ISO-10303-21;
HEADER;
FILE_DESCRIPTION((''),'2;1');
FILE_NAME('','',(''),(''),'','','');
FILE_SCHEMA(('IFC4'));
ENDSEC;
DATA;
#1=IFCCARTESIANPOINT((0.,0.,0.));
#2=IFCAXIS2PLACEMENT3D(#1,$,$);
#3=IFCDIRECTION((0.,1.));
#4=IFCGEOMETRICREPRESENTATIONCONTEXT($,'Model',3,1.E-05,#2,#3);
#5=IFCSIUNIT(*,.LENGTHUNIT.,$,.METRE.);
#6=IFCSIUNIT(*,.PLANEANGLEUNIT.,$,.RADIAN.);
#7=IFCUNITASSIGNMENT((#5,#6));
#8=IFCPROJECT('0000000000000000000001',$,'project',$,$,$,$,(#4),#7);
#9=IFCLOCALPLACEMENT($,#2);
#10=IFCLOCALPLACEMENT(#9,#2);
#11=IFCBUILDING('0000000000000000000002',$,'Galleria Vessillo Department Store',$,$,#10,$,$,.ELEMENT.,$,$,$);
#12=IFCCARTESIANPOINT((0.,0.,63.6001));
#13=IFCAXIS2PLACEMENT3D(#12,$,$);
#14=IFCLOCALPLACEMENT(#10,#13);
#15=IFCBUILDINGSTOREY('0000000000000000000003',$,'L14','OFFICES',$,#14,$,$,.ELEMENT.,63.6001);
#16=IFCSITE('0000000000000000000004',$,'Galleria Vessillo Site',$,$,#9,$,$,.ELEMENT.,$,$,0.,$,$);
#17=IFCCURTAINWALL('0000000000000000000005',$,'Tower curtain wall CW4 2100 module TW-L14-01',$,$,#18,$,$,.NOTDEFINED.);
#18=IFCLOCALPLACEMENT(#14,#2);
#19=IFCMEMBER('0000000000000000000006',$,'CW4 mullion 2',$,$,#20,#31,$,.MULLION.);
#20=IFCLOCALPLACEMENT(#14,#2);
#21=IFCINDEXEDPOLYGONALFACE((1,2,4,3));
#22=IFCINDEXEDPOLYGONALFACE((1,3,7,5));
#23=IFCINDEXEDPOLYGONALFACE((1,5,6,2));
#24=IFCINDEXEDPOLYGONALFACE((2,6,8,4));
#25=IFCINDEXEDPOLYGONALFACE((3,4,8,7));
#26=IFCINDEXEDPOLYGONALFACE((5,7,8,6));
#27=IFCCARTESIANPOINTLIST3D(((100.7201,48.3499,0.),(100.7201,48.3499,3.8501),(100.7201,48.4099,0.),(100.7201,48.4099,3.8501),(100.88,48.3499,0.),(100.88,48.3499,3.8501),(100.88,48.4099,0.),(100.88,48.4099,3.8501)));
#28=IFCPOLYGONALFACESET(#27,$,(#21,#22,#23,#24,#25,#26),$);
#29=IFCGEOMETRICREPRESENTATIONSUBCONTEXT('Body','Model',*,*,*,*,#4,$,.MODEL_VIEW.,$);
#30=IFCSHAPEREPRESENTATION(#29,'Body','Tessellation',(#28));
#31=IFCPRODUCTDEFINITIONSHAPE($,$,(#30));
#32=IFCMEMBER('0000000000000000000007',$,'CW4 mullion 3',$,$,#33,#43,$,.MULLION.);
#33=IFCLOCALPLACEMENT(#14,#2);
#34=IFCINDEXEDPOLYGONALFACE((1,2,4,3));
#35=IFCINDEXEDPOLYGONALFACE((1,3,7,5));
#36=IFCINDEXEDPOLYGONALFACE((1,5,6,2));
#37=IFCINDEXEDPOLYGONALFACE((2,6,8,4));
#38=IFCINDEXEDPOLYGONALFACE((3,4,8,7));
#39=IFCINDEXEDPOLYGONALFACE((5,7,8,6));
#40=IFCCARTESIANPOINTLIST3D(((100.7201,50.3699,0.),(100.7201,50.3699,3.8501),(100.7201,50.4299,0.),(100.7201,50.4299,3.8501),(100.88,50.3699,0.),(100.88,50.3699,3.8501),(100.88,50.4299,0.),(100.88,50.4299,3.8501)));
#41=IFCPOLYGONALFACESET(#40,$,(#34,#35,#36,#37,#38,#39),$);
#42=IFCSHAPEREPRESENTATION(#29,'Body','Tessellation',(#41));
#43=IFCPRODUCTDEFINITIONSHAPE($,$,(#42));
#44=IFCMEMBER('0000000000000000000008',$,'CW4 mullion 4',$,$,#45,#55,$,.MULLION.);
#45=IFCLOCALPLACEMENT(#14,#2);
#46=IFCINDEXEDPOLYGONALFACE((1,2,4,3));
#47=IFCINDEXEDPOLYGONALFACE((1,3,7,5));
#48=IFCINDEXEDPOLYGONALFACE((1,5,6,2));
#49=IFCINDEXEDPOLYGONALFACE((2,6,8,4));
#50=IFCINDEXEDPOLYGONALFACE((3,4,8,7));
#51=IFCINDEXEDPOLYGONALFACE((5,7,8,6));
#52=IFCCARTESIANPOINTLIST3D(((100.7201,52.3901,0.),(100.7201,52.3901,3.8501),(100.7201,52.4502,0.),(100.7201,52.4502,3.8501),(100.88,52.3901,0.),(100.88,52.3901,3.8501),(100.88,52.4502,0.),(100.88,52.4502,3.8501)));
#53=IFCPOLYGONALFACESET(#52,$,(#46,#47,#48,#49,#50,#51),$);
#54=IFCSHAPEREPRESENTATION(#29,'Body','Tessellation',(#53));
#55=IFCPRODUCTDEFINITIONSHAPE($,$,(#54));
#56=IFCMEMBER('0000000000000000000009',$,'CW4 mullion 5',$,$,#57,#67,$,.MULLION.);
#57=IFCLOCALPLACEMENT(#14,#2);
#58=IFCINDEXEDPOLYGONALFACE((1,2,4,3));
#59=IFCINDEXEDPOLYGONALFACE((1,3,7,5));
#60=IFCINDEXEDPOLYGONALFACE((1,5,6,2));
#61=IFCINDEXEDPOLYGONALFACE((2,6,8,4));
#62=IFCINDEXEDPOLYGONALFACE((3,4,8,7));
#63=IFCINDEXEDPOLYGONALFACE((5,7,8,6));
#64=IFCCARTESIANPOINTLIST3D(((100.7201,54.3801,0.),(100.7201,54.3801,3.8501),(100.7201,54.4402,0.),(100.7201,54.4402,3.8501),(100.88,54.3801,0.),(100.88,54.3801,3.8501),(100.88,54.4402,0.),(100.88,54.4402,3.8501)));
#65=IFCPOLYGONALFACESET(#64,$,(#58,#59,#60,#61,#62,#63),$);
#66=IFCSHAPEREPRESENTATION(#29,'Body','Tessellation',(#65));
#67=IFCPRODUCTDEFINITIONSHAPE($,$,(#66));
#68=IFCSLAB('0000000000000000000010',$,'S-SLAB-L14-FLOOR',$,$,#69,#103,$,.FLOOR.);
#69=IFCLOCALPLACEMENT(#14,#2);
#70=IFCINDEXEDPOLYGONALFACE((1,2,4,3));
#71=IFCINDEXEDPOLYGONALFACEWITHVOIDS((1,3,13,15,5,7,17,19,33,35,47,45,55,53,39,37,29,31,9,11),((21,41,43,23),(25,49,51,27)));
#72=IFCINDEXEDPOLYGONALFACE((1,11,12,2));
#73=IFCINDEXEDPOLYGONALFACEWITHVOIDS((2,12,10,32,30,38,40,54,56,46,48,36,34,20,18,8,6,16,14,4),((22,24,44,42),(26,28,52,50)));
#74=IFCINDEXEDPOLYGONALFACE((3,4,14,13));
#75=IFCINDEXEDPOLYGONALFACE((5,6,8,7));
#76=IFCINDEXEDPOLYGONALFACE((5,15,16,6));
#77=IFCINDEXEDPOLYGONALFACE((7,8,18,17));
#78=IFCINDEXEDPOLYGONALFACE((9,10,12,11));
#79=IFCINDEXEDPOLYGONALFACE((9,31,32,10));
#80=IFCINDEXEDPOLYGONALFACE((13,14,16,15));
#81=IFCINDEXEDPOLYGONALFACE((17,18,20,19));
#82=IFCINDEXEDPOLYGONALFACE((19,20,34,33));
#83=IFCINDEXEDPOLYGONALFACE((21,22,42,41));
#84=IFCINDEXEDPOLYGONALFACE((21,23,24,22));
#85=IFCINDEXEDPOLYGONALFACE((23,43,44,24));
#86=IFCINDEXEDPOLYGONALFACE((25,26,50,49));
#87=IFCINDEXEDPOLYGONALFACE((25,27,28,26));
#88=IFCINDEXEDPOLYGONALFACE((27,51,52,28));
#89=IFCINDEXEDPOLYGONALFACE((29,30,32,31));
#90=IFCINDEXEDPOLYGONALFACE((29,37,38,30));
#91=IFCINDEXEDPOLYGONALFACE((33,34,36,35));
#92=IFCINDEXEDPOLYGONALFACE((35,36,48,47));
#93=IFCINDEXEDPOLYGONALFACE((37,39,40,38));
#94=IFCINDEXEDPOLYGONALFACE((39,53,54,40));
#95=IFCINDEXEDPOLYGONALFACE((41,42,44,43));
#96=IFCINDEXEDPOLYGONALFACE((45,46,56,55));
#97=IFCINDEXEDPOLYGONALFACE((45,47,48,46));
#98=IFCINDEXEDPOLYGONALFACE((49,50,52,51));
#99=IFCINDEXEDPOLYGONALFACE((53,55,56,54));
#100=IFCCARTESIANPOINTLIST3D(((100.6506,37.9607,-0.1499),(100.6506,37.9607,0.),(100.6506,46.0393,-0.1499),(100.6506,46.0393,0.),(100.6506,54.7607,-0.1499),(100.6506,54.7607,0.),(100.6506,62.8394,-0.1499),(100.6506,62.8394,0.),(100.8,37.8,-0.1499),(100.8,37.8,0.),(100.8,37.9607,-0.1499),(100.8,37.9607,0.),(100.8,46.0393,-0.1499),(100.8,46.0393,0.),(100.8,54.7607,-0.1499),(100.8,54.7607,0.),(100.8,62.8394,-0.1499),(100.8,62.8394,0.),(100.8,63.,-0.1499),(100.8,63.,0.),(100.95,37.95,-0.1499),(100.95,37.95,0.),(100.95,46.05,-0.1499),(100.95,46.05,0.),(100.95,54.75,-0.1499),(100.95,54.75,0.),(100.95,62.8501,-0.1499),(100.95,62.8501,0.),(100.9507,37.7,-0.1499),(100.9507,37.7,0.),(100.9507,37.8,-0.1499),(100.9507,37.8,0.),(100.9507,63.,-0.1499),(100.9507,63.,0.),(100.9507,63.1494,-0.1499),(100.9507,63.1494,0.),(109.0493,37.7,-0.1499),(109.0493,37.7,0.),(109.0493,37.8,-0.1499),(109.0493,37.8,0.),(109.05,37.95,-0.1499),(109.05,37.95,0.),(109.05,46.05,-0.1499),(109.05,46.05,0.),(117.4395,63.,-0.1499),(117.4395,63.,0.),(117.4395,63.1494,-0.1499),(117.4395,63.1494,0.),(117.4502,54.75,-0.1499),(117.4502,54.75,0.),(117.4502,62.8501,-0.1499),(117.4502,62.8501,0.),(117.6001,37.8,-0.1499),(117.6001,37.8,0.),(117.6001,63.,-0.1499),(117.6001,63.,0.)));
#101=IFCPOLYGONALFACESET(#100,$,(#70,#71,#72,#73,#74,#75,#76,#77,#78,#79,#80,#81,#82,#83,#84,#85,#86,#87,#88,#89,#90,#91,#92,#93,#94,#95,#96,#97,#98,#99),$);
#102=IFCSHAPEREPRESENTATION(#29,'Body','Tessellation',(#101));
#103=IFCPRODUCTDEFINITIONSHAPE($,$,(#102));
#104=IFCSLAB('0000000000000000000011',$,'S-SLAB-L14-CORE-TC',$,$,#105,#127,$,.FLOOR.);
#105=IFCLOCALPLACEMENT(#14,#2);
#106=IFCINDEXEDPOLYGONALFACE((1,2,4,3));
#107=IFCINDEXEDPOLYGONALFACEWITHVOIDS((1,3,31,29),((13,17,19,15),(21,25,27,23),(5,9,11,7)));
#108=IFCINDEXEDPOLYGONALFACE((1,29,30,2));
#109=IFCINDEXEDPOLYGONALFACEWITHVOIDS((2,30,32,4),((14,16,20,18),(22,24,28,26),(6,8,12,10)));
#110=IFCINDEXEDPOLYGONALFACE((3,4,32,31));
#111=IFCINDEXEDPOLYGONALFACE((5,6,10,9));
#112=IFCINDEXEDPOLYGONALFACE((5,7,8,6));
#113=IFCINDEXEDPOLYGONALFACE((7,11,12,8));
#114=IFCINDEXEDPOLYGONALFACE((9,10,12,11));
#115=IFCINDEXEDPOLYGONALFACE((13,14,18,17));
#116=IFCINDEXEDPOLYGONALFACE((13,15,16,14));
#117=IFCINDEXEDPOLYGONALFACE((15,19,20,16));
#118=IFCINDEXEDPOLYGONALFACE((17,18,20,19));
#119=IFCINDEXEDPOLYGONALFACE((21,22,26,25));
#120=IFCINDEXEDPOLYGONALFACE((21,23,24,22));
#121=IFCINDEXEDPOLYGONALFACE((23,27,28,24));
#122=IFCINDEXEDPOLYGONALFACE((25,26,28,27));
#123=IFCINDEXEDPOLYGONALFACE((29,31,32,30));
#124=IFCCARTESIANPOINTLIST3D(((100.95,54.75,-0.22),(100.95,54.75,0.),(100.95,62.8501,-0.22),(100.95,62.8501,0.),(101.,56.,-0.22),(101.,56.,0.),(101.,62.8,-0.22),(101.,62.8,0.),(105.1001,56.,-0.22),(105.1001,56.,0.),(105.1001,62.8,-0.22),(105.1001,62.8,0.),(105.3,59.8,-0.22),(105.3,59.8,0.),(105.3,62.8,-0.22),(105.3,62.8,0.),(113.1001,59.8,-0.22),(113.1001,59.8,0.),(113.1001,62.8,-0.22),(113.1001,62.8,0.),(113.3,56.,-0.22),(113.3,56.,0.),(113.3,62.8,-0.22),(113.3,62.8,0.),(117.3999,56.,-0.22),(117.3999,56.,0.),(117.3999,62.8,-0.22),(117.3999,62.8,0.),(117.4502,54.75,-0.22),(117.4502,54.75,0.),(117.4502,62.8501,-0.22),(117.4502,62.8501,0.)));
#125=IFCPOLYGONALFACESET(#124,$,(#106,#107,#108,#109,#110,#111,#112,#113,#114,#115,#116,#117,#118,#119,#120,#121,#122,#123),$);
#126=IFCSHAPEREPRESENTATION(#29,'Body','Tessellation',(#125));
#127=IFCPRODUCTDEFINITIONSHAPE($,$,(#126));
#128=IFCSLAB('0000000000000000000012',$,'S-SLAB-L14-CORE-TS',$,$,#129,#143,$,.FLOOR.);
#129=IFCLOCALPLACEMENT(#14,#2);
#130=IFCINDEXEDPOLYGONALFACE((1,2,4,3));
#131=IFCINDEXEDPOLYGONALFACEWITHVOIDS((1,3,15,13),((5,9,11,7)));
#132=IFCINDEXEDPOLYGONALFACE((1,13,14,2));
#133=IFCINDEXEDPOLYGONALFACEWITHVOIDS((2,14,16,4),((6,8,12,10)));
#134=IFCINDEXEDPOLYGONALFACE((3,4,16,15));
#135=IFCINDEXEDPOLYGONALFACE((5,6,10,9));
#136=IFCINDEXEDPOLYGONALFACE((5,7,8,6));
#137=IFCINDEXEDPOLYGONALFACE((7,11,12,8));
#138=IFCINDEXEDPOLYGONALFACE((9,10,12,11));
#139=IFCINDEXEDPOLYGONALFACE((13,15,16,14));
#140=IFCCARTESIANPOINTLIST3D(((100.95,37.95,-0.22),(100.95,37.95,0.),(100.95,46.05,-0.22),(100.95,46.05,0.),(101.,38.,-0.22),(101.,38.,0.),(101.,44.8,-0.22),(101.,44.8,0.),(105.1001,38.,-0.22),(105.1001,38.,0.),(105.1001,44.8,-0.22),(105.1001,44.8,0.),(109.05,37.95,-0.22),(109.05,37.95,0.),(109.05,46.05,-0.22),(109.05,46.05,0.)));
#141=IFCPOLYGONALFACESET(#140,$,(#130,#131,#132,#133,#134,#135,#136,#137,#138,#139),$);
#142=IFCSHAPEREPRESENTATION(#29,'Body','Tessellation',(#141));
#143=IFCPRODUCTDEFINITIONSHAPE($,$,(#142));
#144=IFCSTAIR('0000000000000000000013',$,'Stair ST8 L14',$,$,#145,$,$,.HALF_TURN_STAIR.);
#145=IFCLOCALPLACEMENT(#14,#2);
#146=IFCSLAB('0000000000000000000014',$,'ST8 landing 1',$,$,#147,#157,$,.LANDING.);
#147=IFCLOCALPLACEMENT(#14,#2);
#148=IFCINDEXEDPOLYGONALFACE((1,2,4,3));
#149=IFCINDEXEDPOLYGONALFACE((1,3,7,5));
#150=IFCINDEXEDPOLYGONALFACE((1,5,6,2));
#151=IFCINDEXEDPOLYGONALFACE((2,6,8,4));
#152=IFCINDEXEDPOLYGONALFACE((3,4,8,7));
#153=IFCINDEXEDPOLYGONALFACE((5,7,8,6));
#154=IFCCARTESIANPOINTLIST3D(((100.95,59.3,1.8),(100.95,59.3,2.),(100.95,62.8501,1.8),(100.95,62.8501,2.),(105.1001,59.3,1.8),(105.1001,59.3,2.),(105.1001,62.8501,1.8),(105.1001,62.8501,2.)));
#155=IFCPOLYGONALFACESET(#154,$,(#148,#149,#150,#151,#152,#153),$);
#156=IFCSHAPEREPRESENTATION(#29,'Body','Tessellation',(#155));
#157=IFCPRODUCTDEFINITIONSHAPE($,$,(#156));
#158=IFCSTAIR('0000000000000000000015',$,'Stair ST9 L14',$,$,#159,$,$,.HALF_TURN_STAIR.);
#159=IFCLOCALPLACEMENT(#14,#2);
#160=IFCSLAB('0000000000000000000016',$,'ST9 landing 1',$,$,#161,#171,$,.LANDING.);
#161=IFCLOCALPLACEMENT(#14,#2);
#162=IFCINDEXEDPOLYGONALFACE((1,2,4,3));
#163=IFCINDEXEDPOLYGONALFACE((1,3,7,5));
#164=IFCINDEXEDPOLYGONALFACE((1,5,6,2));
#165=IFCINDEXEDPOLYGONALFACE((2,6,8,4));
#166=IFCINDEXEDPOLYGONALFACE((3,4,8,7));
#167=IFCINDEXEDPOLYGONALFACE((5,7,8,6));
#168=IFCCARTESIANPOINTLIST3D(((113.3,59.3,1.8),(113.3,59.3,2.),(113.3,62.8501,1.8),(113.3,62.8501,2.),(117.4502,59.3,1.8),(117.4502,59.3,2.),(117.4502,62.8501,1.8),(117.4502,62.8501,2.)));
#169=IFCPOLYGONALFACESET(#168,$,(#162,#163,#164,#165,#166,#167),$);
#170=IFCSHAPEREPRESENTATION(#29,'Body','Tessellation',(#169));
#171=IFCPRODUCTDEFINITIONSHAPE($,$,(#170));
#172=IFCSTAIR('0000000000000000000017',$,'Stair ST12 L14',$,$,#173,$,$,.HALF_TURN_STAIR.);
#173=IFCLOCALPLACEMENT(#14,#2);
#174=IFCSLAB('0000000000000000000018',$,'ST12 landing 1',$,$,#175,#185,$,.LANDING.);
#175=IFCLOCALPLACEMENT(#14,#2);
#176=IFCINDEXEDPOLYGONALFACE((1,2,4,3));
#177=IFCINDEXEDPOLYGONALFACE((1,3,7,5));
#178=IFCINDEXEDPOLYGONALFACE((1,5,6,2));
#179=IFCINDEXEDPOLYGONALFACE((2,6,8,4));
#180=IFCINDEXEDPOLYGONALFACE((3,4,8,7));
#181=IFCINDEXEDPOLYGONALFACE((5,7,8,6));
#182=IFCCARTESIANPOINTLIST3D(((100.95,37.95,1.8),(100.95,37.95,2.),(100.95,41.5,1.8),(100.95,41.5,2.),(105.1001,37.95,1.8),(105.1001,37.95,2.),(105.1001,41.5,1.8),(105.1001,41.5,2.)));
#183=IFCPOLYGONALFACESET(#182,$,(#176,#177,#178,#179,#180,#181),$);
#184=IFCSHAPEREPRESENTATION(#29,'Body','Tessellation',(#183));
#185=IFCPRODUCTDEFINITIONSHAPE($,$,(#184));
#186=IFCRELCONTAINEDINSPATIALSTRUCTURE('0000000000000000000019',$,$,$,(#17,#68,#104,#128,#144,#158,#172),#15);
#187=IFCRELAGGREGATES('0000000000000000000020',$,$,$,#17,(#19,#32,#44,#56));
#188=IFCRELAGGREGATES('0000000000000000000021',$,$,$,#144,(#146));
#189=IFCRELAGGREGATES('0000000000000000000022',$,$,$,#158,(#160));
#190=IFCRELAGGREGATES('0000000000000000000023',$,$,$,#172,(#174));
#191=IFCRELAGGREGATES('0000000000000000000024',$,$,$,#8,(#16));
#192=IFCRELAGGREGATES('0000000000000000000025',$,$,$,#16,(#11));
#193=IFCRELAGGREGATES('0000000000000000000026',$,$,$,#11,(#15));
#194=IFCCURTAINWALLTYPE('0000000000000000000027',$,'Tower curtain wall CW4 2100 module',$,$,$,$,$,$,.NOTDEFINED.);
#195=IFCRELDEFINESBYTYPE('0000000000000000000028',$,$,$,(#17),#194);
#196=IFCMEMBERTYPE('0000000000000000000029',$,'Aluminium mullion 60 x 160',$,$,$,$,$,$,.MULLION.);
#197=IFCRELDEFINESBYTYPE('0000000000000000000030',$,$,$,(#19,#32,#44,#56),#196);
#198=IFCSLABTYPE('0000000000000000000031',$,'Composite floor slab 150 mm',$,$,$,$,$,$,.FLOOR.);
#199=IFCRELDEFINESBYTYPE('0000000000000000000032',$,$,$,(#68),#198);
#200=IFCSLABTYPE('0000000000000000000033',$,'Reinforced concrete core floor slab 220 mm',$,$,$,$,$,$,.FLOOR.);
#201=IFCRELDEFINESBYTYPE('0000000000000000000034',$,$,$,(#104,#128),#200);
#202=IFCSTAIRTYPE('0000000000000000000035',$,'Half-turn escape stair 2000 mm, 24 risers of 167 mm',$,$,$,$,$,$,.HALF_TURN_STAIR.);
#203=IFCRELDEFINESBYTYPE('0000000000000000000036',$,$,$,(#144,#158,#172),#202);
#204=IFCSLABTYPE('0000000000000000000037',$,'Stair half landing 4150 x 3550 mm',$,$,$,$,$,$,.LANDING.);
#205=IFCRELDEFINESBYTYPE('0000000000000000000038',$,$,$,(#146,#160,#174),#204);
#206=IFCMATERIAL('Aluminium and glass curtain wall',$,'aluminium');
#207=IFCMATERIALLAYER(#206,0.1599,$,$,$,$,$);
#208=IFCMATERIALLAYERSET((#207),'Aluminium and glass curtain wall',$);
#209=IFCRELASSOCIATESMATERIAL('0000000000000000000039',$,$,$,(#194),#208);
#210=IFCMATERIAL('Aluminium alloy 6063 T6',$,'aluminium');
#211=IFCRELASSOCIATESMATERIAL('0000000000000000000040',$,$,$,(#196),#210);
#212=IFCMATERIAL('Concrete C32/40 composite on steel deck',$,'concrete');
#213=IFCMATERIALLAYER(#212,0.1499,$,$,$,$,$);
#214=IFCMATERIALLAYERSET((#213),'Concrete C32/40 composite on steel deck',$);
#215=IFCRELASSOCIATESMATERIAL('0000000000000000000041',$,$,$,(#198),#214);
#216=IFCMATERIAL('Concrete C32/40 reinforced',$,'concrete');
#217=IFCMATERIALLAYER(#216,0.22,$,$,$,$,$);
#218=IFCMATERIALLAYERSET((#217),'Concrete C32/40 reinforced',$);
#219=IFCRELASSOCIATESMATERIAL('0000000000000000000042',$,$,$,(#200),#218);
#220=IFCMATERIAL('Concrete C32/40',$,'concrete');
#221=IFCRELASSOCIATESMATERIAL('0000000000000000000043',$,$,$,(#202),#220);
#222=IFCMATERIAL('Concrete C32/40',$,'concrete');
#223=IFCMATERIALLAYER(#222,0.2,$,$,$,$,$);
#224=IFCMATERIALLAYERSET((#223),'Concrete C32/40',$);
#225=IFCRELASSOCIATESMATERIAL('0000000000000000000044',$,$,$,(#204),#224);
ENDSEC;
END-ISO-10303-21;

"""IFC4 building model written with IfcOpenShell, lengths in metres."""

from ifc_helpers import new_model, si_unit, direction, frame, origin, origin_2d, place, context, subcontext, project, spatial, polyline, rectangle, outline, extrude, material, layer, layer_set, material_profile, profile_set, type_object, element, aggregate, save


model = new_model("IFC4")

# Units and contexts
model_context = context("Model", 3, precision=1e-05, world=origin(), true_north=direction((0.0, 1.0)))
body_context = subcontext(model_context, "Body", "Model", "MODEL_VIEW")
ifc_project = project(units=[si_unit("LENGTHUNIT", "METRE"), si_unit("PLANEANGLEUNIT", "RADIAN")], contexts=[model_context])

# Site, building, storey
site_placement = place(None, origin())
site = spatial("IfcSite", under=ifc_project, at=site_placement, Name="Galleria Vessillo Site", CompositionType="ELEMENT", RefElevation=0.0)
building_placement = place(site_placement, origin())
building = spatial("IfcBuilding", under=site, at=building_placement, Name="Galleria Vessillo Department Store", CompositionType="ELEMENT")
storey_placement = place(building_placement, frame((0.0, 0.0, 63.6001)))
storey = spatial("IfcBuildingStorey", under=building, at=storey_placement, Name="L14", Description="OFFICES", CompositionType="ELEMENT", Elevation=63.6001)

# Curtain wall, members
ifc_material_1 = material(Name="Aluminium and glass curtain wall", Category="aluminium")
ifc_layer_1 = layer(ifc_material_1, 0.1599)
ifc_layer_set_1 = layer_set([ifc_layer_1], Name="Aluminium and glass curtain wall")
curtain_wall_type = type_object("IfcCurtainWallType", Name="Tower curtain wall CW4 2100 module", PredefinedType="NOTDEFINED", material=ifc_layer_set_1)
curtain_wall_placement = place(storey_placement, origin())
curtain_wall = element("IfcCurtainWall", 1, at=curtain_wall_placement, inside=storey, type_object=curtain_wall_type, Name="Tower curtain wall CW4 2100 module TW-L14-01", PredefinedType="NOTDEFINED")
ifc_material_2 = material(Name="Aluminium alloy 6063 T6", Category="aluminium")
ifc_material_profile_1 = material_profile(ifc_material_2, rectangle(XDim=0.1599, YDim=0.0601, at=origin_2d()), Name="AL 60x160")
ifc_profile_set_1 = profile_set([ifc_material_profile_1], Name="Aluminium alloy 6063 T6")
member_type = type_object("IfcMemberType", Name="Aluminium mullion 60 x 160", PredefinedType="MULLION", material=ifc_profile_set_1)
member_1_placement = place(storey_placement, frame((100.8, 48.3799, 0.0), z_axis=(0.0, 0.0, 1.0), x_axis=(-1.0, 0.0, 0.0)))
member_1 = element("IfcMember", 2, at=member_1_placement, type_object=member_type, Name="CW4 mullion 2", PredefinedType="MULLION", context=body_context, shape_type="SweptSolid", body=[
    extrude(rectangle(XDim=0.1599, YDim=0.0601, at=origin_2d()), origin(), (0.0, 0.0, 1.0), 3.8501),
])
member_2_placement = place(storey_placement, frame((100.8, 50.3999, 0.0), z_axis=(0.0, 0.0, 1.0), x_axis=(-1.0, 0.0, 0.0)))
member_2 = element("IfcMember", 3, at=member_2_placement, type_object=member_type, Name="CW4 mullion 3", PredefinedType="MULLION", context=body_context, shape_type="SweptSolid", body=[
    extrude(rectangle(XDim=0.1599, YDim=0.0601, at=origin_2d()), origin(), (0.0, 0.0, 1.0), 3.8501),
])
member_3_placement = place(storey_placement, frame((100.8, 52.4202, 0.0), z_axis=(0.0, 0.0, 1.0), x_axis=(-1.0, 0.0, 0.0)))
member_3 = element("IfcMember", 4, at=member_3_placement, type_object=member_type, Name="CW4 mullion 4", PredefinedType="MULLION", context=body_context, shape_type="SweptSolid", body=[
    extrude(rectangle(XDim=0.1599, YDim=0.0601, at=origin_2d()), origin(), (0.0, 0.0, 1.0), 3.8501),
])
member_4_placement = place(storey_placement, frame((100.8, 54.4102, 0.0), z_axis=(0.0, 0.0, 1.0), x_axis=(-1.0, 0.0, 0.0)))
member_4 = element("IfcMember", 5, at=member_4_placement, type_object=member_type, Name="CW4 mullion 5", PredefinedType="MULLION", context=body_context, shape_type="SweptSolid", body=[
    extrude(rectangle(XDim=0.1599, YDim=0.0601, at=origin_2d()), origin(), (0.0, 0.0, 1.0), 3.8501),
])
aggregate(curtain_wall, [member_1, member_2, member_3, member_4])

# Slabs
ifc_material_3 = material(Name="Concrete C32/40 composite on steel deck", Category="concrete")
ifc_layer_2 = layer(ifc_material_3, 0.1499)
ifc_layer_set_2 = layer_set([ifc_layer_2], Name="Concrete C32/40 composite on steel deck")
slab_type_1 = type_object("IfcSlabType", Name="Composite floor slab 150 mm", PredefinedType="FLOOR", material=ifc_layer_set_2)
slab_1_placement = place(storey_placement, frame((0.0, 0.0, -0.1499)))
element("IfcSlab", 6, at=slab_1_placement, inside=storey, type_object=slab_type_1, Name="S-SLAB-L14-FLOOR", PredefinedType="FLOOR", context=body_context, shape_type="SweptSolid", body=[
    extrude(outline(polyline([(100.6506, 46.0393), (100.8, 46.0393), (100.8, 54.7607), (100.6506, 54.7607), (100.6506, 62.8394), (100.8, 62.8394), (100.8, 63.0), (100.9507, 63.0), (100.9507, 63.1494), (117.4395, 63.1494), (117.4395, 63.0), (117.6001, 63.0), (117.6001, 37.8), (109.0493, 37.8), (109.0493, 37.7), (100.9507, 37.7), (100.9507, 37.8), (100.8, 37.8), (100.8, 37.9607), (100.6506, 37.9607), (100.6506, 46.0393)]), holes=[polyline([(109.05, 37.95), (109.05, 46.05), (100.95, 46.05), (100.95, 37.95), (109.05, 37.95)]), polyline([(117.4502, 54.75), (117.4502, 62.8501), (100.95, 62.8501), (100.95, 54.75), (117.4502, 54.75)])]), origin(), (0.0, 0.0, 1.0), 0.1499),
])
ifc_material_4 = material(Name="Concrete C32/40 reinforced", Category="concrete")
ifc_layer_3 = layer(ifc_material_4, 0.22)
ifc_layer_set_3 = layer_set([ifc_layer_3], Name="Concrete C32/40 reinforced")
slab_type_2 = type_object("IfcSlabType", Name="Reinforced concrete core floor slab 220 mm", PredefinedType="FLOOR", material=ifc_layer_set_3)
slab_2_placement = place(storey_placement, frame((0.0, 0.0, -0.22)))
element("IfcSlab", 7, at=slab_2_placement, inside=storey, type_object=slab_type_2, Name="S-SLAB-L14-CORE-TC", PredefinedType="FLOOR", context=body_context, shape_type="SweptSolid", body=[
    extrude(outline(polyline([(100.95, 54.75), (100.95, 62.8501), (117.4502, 62.8501), (117.4502, 54.75), (100.95, 54.75)]), holes=[polyline([(105.1001, 56.0), (105.1001, 62.8), (101.0, 62.8), (101.0, 56.0), (105.1001, 56.0)]), polyline([(113.3, 56.0), (117.3999, 56.0), (117.3999, 62.8), (113.3, 62.8), (113.3, 56.0)]), polyline([(105.3, 59.8), (113.1001, 59.8), (113.1001, 62.8), (105.3, 62.8), (105.3, 59.8)])]), origin(), (0.0, 0.0, 1.0), 0.22),
])
slab_3_placement = place(storey_placement, frame((0.0, 0.0, -0.22)))
element("IfcSlab", 8, at=slab_3_placement, inside=storey, type_object=slab_type_2, Name="S-SLAB-L14-CORE-TS", PredefinedType="FLOOR", context=body_context, shape_type="SweptSolid", body=[
    extrude(outline(polyline([(100.95, 37.95), (100.95, 46.05), (109.05, 46.05), (109.05, 37.95), (100.95, 37.95)]), holes=[polyline([(105.1001, 44.8), (101.0, 44.8), (101.0, 38.0), (105.1001, 38.0), (105.1001, 44.8)])]), origin(), (0.0, 0.0, 1.0), 0.22),
])

# Stairs, slabs
ifc_material_5 = material(Name="Concrete C32/40", Category="concrete")
stair_type = type_object("IfcStairType", Name="Half-turn escape stair 2000 mm, 24 risers of 167 mm", PredefinedType="HALF_TURN_STAIR", material=ifc_material_5)
stair_1_placement = place(storey_placement, origin())
stair_1 = element("IfcStair", 9, at=stair_1_placement, inside=storey, type_object=stair_type, Name="Stair ST8 L14", PredefinedType="HALF_TURN_STAIR")
ifc_material_6 = material(Name="Concrete C32/40", Category="concrete")
ifc_layer_4 = layer(ifc_material_6, 0.2)
ifc_layer_set_4 = layer_set([ifc_layer_4], Name="Concrete C32/40")
slab_type_3 = type_object("IfcSlabType", Name="Stair half landing 4150 x 3550 mm", PredefinedType="LANDING", material=ifc_layer_set_4)
slab_4_placement = place(storey_placement, frame((0.0, 0.0, 1.8)))
slab_4 = element("IfcSlab", 10, at=slab_4_placement, type_object=slab_type_3, Name="ST8 landing 1", PredefinedType="LANDING", context=body_context, shape_type="SweptSolid", body=[
    extrude(outline(polyline([(100.95, 59.3), (100.95, 62.8501), (105.1001, 62.8501), (105.1001, 59.3), (100.95, 59.3)])), origin(), (0.0, 0.0, 1.0), 0.2),
])
aggregate(stair_1, [slab_4])
stair_2_placement = place(storey_placement, origin())
stair_2 = element("IfcStair", 11, at=stair_2_placement, inside=storey, type_object=stair_type, Name="Stair ST9 L14", PredefinedType="HALF_TURN_STAIR")
slab_5_placement = place(storey_placement, frame((0.0, 0.0, 1.8)))
slab_5 = element("IfcSlab", 12, at=slab_5_placement, type_object=slab_type_3, Name="ST9 landing 1", PredefinedType="LANDING", context=body_context, shape_type="SweptSolid", body=[
    extrude(outline(polyline([(113.3, 59.3), (113.3, 62.8501), (117.4502, 62.8501), (117.4502, 59.3), (113.3, 59.3)])), origin(), (0.0, 0.0, 1.0), 0.2),
])
aggregate(stair_2, [slab_5])
stair_3_placement = place(storey_placement, origin())
stair_3 = element("IfcStair", 13, at=stair_3_placement, inside=storey, type_object=stair_type, Name="Stair ST12 L14", PredefinedType="HALF_TURN_STAIR")
slab_6_placement = place(storey_placement, frame((0.0, 0.0, 1.8)))
slab_6 = element("IfcSlab", 14, at=slab_6_placement, type_object=slab_type_3, Name="ST12 landing 1", PredefinedType="LANDING", context=body_context, shape_type="SweptSolid", body=[
    extrude(outline(polyline([(100.95, 37.95), (100.95, 41.5), (105.1001, 41.5), (105.1001, 37.95), (100.95, 37.95)])), origin(), (0.0, 0.0, 1.0), 0.2),
])
aggregate(stair_3, [slab_6])

save(model, "model.ifc")
